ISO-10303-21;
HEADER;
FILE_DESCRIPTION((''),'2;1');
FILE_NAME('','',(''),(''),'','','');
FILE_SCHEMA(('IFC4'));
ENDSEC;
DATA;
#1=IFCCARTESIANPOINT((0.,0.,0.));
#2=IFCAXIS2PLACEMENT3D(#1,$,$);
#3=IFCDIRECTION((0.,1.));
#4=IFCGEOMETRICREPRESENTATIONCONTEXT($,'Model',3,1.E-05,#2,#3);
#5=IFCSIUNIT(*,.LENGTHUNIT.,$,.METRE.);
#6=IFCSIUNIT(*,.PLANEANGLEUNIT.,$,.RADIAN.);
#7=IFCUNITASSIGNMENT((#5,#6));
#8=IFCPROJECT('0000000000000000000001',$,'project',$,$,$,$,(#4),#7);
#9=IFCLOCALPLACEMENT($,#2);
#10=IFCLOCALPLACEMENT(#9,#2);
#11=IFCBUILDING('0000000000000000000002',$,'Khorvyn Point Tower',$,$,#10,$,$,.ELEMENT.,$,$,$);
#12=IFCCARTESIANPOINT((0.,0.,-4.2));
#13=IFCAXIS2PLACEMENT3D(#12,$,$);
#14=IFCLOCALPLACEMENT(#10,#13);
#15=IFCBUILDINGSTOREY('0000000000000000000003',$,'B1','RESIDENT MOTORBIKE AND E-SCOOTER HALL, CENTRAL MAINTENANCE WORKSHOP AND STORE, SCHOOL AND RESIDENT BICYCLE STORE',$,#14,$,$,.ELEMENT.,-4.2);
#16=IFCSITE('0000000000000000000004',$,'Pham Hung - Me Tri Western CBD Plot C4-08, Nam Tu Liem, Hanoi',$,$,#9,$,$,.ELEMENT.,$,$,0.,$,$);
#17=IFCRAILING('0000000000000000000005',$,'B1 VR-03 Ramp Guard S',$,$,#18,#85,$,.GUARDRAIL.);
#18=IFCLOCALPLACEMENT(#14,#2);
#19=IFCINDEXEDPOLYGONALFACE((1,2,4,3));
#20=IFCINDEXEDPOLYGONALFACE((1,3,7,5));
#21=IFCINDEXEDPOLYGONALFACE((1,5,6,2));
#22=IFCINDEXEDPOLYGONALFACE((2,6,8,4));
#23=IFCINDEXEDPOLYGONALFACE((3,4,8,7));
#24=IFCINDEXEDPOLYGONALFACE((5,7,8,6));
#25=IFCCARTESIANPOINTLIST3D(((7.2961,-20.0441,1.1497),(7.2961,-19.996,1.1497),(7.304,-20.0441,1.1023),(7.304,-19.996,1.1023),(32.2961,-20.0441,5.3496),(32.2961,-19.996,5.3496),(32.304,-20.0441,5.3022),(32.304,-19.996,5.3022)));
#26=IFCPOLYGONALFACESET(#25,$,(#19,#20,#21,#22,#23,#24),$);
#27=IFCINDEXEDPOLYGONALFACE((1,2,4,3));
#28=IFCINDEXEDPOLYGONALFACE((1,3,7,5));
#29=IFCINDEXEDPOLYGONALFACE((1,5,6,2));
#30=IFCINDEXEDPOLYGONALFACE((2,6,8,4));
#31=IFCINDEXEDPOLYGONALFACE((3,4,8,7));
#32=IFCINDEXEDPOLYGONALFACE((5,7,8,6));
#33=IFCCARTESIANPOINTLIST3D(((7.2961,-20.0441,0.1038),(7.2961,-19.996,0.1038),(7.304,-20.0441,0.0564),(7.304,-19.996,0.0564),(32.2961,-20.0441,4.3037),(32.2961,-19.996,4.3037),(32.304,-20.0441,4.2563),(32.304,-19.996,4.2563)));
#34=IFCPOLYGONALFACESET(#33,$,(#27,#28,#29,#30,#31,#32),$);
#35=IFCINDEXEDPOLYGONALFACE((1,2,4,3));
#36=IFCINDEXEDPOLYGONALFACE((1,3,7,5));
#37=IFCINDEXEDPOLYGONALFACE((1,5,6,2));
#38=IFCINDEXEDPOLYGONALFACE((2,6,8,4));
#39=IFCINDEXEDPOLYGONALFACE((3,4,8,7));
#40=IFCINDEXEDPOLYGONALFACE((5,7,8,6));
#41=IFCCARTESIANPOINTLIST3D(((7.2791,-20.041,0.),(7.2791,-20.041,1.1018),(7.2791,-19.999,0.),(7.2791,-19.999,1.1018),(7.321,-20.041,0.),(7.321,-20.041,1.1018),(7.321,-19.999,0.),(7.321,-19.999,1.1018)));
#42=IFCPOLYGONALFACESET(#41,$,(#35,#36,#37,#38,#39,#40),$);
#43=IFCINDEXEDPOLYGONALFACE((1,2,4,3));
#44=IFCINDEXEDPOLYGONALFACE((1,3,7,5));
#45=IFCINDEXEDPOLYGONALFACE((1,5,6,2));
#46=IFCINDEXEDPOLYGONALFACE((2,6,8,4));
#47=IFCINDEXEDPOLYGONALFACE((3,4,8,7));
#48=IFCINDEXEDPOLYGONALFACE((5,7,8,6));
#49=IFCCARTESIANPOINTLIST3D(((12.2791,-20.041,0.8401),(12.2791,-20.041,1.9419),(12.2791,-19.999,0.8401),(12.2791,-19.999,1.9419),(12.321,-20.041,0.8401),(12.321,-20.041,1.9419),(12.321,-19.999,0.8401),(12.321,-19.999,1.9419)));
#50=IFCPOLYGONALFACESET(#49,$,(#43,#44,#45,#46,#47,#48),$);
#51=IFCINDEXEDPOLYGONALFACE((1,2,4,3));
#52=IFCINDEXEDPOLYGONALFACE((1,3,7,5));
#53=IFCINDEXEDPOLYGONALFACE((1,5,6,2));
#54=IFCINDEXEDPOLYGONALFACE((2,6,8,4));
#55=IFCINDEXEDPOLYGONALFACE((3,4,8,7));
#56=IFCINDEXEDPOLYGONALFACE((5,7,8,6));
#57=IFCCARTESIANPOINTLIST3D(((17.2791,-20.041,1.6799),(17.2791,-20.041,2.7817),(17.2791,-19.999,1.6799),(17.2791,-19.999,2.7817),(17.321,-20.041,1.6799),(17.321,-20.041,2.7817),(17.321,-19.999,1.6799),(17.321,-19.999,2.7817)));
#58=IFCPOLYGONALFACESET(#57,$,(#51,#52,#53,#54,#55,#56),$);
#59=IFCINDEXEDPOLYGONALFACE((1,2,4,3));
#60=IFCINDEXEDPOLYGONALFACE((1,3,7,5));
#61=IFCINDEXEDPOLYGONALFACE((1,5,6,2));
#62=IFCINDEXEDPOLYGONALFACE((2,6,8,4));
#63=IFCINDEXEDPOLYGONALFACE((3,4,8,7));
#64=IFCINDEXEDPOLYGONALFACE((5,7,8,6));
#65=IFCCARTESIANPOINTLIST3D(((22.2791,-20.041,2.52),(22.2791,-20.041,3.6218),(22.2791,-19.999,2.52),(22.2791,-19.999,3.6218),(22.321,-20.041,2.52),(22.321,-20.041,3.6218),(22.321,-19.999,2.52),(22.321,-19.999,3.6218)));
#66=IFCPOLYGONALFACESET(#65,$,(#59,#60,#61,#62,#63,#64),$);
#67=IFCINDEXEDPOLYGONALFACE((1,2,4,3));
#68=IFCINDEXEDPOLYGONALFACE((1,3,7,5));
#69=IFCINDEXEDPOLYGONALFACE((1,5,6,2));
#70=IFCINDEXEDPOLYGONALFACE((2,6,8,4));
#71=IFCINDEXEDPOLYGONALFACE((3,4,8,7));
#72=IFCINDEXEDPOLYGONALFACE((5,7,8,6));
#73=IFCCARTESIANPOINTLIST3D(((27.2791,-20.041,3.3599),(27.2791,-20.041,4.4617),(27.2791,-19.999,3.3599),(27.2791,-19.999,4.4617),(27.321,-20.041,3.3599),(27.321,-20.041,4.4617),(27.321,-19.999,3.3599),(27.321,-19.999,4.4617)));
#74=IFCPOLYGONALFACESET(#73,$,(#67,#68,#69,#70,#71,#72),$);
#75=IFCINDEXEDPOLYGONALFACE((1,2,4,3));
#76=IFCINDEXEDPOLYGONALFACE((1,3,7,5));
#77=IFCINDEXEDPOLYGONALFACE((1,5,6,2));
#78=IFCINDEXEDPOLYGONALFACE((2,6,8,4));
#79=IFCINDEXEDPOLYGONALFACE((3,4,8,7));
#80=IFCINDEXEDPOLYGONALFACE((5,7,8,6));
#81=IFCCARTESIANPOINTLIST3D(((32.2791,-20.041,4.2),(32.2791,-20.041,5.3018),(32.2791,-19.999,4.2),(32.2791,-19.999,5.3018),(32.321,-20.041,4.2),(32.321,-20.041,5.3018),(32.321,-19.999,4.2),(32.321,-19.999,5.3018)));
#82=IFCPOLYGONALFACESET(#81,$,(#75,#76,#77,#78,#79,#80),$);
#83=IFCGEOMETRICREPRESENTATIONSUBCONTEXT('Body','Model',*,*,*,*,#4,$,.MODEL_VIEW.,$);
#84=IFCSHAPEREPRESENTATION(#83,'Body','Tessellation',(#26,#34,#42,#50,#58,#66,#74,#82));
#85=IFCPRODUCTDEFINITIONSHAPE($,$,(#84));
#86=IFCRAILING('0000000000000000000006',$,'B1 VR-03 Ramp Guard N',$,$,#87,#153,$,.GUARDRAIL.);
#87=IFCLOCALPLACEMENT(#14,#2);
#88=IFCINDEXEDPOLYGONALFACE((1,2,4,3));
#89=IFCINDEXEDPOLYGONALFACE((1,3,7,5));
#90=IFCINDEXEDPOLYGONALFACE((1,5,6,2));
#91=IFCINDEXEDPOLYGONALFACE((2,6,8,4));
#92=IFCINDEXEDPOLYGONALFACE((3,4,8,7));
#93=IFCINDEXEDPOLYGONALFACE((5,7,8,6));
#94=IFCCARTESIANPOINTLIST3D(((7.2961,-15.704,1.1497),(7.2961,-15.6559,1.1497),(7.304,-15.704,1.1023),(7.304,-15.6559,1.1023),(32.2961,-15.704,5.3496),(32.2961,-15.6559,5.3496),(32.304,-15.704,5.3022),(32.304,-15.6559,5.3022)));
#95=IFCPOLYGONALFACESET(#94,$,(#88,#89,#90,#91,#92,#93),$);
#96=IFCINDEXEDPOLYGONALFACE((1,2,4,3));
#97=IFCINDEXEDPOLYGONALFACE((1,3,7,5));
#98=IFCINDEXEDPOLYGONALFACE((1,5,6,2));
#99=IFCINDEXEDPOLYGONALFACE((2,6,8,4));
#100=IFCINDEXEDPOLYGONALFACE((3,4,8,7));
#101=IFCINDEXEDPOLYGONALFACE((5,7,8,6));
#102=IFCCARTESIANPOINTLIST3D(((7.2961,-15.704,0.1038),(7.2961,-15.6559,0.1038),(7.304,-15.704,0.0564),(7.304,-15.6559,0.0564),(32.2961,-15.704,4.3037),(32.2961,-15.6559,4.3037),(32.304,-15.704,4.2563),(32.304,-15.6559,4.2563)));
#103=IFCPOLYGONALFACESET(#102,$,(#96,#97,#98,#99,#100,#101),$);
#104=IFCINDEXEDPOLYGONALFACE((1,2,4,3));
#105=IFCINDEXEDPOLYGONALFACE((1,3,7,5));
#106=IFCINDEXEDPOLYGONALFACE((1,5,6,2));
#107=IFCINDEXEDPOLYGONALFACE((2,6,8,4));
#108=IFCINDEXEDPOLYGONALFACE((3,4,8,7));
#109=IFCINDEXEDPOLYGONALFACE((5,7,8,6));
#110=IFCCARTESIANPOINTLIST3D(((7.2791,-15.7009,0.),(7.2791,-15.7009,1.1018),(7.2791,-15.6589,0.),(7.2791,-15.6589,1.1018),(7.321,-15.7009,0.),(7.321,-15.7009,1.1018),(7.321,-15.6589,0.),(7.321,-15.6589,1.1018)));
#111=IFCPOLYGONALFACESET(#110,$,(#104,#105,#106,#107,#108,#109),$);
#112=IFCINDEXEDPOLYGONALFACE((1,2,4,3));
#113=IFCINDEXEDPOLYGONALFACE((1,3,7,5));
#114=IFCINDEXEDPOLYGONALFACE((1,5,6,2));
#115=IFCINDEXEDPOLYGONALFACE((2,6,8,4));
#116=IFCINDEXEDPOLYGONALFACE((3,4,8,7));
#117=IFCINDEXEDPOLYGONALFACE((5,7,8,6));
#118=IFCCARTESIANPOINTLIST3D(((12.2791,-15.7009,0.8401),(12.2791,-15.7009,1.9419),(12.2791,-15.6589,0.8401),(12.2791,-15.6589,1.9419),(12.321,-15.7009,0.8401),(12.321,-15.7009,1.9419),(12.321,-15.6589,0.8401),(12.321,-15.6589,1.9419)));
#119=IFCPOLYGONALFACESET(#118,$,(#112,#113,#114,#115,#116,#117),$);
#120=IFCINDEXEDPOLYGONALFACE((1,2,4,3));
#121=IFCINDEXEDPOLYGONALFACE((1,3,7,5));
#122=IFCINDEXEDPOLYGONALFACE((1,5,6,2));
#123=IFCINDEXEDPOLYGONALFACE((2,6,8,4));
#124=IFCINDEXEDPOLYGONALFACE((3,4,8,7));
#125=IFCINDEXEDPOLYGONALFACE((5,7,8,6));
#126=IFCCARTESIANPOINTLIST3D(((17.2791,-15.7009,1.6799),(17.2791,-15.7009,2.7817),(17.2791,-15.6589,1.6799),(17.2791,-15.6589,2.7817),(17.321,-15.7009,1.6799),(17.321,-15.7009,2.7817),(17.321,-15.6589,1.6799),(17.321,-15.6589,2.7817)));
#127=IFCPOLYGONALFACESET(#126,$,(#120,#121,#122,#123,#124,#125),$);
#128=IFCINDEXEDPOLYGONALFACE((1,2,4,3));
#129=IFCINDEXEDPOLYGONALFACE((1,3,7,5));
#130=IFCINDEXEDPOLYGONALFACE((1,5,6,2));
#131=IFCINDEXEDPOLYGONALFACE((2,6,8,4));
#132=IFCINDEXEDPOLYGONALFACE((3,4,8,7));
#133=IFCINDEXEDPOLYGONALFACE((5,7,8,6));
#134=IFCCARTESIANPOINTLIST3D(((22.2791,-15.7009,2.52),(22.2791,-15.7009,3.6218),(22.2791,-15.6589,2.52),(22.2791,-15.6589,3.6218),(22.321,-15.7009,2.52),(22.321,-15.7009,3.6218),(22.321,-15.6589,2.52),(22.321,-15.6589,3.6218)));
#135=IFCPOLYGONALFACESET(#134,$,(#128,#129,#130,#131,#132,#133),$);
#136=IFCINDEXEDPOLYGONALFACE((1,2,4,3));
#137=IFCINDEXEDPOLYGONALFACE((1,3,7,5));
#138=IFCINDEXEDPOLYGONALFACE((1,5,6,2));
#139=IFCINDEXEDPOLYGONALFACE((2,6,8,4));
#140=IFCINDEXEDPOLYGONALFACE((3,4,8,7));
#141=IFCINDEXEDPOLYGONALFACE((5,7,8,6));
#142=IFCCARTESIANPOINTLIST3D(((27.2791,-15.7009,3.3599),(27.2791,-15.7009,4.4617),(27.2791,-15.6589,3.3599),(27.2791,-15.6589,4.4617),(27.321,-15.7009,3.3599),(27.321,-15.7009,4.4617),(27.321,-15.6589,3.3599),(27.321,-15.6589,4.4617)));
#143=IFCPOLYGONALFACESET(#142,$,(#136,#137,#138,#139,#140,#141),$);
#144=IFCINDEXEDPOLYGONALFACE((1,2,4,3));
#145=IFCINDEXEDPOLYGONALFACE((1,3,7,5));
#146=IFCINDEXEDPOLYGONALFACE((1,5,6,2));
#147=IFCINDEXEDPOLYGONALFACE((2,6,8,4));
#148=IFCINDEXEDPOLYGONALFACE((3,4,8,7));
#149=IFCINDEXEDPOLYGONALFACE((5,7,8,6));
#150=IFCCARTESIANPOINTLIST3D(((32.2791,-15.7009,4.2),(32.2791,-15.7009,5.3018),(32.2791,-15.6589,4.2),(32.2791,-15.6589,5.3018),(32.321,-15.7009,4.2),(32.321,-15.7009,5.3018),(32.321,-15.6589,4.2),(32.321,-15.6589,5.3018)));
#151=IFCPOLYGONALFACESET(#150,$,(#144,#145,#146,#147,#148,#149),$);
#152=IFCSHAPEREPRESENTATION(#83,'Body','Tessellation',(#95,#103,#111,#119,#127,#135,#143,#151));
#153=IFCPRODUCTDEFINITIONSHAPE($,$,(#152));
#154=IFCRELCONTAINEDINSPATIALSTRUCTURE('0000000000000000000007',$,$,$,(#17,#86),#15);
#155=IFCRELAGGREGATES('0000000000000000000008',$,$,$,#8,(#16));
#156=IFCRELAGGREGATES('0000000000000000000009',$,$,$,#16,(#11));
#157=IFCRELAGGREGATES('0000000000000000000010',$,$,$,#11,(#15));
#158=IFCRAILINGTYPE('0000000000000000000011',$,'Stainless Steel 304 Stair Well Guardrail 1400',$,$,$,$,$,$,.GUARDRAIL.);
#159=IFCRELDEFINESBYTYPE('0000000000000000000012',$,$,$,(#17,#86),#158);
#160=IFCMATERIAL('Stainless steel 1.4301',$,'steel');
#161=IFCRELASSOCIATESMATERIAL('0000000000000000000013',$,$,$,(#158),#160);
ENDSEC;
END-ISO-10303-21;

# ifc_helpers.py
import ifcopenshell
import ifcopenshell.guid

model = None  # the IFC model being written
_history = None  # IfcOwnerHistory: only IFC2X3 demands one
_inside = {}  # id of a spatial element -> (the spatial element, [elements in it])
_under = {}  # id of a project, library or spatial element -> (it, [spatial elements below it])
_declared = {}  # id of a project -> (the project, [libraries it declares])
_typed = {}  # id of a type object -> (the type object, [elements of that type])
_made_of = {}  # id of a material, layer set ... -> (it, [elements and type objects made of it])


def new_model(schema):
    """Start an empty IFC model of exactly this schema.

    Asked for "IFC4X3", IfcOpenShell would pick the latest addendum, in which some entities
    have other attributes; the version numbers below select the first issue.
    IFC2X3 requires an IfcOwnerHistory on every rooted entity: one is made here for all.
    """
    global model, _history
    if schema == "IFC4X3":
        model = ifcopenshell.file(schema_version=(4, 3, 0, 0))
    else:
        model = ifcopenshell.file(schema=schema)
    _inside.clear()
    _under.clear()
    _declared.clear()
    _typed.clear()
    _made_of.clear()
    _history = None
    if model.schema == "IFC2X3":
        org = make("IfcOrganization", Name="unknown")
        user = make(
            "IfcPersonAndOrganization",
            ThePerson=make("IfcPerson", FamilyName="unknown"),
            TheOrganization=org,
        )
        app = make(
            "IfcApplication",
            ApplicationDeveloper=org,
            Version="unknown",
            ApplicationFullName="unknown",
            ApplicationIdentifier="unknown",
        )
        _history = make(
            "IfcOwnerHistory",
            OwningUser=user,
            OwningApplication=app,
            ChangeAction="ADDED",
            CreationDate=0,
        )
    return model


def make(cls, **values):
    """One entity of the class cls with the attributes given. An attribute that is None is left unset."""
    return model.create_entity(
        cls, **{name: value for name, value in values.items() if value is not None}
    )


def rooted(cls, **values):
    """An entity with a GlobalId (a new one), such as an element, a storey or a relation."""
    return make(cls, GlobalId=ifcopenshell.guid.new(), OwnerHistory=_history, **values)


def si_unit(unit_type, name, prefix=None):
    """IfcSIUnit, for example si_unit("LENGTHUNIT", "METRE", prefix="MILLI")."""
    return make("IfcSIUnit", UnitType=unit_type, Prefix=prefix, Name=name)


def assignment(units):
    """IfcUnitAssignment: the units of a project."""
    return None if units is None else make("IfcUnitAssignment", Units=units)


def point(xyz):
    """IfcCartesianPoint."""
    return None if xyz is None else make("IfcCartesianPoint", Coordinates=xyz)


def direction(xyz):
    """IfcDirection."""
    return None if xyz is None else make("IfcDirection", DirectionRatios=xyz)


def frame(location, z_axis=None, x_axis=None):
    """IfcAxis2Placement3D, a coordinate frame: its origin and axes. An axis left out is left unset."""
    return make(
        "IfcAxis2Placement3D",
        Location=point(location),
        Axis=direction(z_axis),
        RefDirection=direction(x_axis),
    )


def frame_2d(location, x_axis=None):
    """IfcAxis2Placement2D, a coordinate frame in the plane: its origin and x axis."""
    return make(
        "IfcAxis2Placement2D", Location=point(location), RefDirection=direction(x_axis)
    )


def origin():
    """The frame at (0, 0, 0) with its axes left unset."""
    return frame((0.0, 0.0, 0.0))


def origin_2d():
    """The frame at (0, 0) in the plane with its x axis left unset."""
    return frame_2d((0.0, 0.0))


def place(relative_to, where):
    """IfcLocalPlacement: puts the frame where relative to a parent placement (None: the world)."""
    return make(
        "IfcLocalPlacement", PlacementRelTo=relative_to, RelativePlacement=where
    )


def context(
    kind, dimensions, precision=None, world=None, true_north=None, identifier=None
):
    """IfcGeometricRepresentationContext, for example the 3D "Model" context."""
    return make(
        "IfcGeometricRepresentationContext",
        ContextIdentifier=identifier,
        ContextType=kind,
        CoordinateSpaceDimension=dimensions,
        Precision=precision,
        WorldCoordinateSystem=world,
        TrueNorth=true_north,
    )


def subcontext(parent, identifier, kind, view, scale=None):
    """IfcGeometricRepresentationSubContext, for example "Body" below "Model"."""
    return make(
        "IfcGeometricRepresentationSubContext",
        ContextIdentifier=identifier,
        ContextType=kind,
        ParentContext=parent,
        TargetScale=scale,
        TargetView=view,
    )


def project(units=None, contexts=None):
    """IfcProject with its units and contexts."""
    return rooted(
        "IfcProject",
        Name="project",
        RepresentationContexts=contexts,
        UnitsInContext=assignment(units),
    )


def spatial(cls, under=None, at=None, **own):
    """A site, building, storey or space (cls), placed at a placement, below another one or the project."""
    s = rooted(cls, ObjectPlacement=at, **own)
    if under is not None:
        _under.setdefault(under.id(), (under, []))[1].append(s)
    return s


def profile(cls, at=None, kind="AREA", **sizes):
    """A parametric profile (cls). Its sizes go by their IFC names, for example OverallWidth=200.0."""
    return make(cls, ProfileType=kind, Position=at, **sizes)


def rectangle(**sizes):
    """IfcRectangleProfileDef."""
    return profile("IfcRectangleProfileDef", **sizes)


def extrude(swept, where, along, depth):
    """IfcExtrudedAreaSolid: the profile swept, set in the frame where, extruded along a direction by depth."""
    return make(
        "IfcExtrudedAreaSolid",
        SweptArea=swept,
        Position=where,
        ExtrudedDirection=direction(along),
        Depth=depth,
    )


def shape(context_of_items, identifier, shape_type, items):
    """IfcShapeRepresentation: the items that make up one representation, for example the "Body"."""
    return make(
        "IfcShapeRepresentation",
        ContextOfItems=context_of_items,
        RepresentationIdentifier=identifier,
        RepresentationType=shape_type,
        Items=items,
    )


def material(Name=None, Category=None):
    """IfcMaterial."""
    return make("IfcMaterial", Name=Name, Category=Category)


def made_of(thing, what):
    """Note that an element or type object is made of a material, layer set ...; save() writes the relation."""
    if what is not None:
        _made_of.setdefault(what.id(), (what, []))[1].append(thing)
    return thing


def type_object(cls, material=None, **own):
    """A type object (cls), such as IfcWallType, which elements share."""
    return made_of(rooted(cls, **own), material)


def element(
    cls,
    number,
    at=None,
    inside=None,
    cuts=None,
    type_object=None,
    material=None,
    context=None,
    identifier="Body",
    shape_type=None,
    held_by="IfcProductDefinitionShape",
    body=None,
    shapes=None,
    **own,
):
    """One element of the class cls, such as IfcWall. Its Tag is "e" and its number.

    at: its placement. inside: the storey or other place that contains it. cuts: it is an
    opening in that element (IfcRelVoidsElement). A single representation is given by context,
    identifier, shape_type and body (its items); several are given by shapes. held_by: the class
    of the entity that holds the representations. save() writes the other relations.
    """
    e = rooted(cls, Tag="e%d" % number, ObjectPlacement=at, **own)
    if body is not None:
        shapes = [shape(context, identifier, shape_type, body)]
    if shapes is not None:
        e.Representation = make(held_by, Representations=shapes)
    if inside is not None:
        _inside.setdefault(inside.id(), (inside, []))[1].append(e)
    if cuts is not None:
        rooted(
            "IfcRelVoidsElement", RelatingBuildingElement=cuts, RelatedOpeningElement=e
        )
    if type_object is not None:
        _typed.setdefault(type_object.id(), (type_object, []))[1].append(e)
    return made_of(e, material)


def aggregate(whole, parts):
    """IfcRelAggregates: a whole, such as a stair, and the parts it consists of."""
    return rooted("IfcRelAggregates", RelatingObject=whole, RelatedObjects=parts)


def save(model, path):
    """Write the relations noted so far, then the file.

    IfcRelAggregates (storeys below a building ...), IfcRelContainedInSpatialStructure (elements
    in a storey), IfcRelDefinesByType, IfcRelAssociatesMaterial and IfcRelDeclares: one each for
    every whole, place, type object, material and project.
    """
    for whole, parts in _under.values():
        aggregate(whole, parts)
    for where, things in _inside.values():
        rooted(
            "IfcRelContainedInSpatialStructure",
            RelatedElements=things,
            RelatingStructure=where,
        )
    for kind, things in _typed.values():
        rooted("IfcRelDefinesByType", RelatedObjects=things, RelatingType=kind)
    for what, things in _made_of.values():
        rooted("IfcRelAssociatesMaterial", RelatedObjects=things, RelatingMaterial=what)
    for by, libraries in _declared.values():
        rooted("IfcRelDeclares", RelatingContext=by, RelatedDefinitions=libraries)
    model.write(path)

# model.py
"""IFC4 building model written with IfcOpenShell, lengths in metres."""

from ifc_helpers import new_model, si_unit, direction, frame, origin, origin_2d, place, context, subcontext, project, spatial, rectangle, extrude, material, type_object, element, save


model = new_model("IFC4")

# Units and contexts
model_context = context("Model", 3, precision=1e-05, world=origin(), true_north=direction((0.0, 1.0)))
body_context = subcontext(model_context, "Body", "Model", "MODEL_VIEW")
ifc_project = project(units=[si_unit("LENGTHUNIT", "METRE"), si_unit("PLANEANGLEUNIT", "RADIAN")], contexts=[model_context])

# Site, building, storey
site_placement = place(None, origin())
site = spatial("IfcSite", under=ifc_project, at=site_placement, Name="Pham Hung - Me Tri Western CBD Plot C4-08, Nam Tu Liem, Hanoi", CompositionType="ELEMENT", RefElevation=0.0)
building_placement = place(site_placement, origin())
building = spatial("IfcBuilding", under=site, at=building_placement, Name="Khorvyn Point Tower", CompositionType="ELEMENT")
storey_placement = place(building_placement, frame((0.0, 0.0, -4.2)))
storey = spatial("IfcBuildingStorey", under=building, at=storey_placement, Name="B1", Description="RESIDENT MOTORBIKE AND E-SCOOTER HALL, CENTRAL MAINTENANCE WORKSHOP AND STORE, SCHOOL AND RESIDENT BICYCLE STORE", CompositionType="ELEMENT", Elevation=-4.2)

# Railings
ifc_material_1 = material(Name="Stainless steel 1.4301", Category="steel")
railing_type_1 = type_object("IfcRailingType", Name="Stainless Steel 304 Stair Well Guardrail 1400", PredefinedType="GUARDRAIL", material=ifc_material_1)
for number, where, name in (
    (1, (7.3, -20.02, 0.0), "B1 VR-03 Ramp Guard S"),
    (2, (7.3, -15.6799, 0.0), "B1 VR-03 Ramp Guard N"),
):
    element("IfcRailing", number, at=place(storey_placement, frame(where)), inside=storey, type_object=railing_type_1, Name=name, PredefinedType="GUARDRAIL", context=body_context, shape_type="SweptSolid", body=[
        extrude(rectangle(XDim=0.0481, YDim=0.0481, at=origin_2d()), frame((0.0, 0.0, 1.126), z_axis=(0.98618, 0.0, 0.165676), x_axis=(0.0, 1.0, 0.0)), (0.0, 0.0, 1.0), 25.3503),
        extrude(rectangle(XDim=0.0481, YDim=0.0481, at=origin_2d()), frame((0.0, 0.0, 0.0801), z_axis=(0.98618, 0.0, 0.165676), x_axis=(0.0, 1.0, 0.0)), (0.0, 0.0, 1.0), 25.3503),
        extrude(rectangle(XDim=0.042, YDim=0.042, at=origin_2d()), origin(), (0.0, 0.0, 1.0), 1.1018),
        extrude(rectangle(XDim=0.042, YDim=0.042, at=origin_2d()), frame((5.0, 0.0, 0.8401)), (0.0, 0.0, 1.0), 1.1018),
        extrude(rectangle(XDim=0.042, YDim=0.042, at=origin_2d()), frame((10.0, 0.0, 1.6799)), (0.0, 0.0, 1.0), 1.1018),
        extrude(rectangle(XDim=0.042, YDim=0.042, at=origin_2d()), frame((15.0, 0.0, 2.52)), (0.0, 0.0, 1.0), 1.1018),
        extrude(rectangle(XDim=0.042, YDim=0.042, at=origin_2d()), frame((20.0, 0.0, 3.3599)), (0.0, 0.0, 1.0), 1.1018),
        extrude(rectangle(XDim=0.042, YDim=0.042, at=origin_2d()), frame((25.0, 0.0, 4.2)), (0.0, 0.0, 1.0), 1.1018),
    ])

save(model, "model.ifc")
